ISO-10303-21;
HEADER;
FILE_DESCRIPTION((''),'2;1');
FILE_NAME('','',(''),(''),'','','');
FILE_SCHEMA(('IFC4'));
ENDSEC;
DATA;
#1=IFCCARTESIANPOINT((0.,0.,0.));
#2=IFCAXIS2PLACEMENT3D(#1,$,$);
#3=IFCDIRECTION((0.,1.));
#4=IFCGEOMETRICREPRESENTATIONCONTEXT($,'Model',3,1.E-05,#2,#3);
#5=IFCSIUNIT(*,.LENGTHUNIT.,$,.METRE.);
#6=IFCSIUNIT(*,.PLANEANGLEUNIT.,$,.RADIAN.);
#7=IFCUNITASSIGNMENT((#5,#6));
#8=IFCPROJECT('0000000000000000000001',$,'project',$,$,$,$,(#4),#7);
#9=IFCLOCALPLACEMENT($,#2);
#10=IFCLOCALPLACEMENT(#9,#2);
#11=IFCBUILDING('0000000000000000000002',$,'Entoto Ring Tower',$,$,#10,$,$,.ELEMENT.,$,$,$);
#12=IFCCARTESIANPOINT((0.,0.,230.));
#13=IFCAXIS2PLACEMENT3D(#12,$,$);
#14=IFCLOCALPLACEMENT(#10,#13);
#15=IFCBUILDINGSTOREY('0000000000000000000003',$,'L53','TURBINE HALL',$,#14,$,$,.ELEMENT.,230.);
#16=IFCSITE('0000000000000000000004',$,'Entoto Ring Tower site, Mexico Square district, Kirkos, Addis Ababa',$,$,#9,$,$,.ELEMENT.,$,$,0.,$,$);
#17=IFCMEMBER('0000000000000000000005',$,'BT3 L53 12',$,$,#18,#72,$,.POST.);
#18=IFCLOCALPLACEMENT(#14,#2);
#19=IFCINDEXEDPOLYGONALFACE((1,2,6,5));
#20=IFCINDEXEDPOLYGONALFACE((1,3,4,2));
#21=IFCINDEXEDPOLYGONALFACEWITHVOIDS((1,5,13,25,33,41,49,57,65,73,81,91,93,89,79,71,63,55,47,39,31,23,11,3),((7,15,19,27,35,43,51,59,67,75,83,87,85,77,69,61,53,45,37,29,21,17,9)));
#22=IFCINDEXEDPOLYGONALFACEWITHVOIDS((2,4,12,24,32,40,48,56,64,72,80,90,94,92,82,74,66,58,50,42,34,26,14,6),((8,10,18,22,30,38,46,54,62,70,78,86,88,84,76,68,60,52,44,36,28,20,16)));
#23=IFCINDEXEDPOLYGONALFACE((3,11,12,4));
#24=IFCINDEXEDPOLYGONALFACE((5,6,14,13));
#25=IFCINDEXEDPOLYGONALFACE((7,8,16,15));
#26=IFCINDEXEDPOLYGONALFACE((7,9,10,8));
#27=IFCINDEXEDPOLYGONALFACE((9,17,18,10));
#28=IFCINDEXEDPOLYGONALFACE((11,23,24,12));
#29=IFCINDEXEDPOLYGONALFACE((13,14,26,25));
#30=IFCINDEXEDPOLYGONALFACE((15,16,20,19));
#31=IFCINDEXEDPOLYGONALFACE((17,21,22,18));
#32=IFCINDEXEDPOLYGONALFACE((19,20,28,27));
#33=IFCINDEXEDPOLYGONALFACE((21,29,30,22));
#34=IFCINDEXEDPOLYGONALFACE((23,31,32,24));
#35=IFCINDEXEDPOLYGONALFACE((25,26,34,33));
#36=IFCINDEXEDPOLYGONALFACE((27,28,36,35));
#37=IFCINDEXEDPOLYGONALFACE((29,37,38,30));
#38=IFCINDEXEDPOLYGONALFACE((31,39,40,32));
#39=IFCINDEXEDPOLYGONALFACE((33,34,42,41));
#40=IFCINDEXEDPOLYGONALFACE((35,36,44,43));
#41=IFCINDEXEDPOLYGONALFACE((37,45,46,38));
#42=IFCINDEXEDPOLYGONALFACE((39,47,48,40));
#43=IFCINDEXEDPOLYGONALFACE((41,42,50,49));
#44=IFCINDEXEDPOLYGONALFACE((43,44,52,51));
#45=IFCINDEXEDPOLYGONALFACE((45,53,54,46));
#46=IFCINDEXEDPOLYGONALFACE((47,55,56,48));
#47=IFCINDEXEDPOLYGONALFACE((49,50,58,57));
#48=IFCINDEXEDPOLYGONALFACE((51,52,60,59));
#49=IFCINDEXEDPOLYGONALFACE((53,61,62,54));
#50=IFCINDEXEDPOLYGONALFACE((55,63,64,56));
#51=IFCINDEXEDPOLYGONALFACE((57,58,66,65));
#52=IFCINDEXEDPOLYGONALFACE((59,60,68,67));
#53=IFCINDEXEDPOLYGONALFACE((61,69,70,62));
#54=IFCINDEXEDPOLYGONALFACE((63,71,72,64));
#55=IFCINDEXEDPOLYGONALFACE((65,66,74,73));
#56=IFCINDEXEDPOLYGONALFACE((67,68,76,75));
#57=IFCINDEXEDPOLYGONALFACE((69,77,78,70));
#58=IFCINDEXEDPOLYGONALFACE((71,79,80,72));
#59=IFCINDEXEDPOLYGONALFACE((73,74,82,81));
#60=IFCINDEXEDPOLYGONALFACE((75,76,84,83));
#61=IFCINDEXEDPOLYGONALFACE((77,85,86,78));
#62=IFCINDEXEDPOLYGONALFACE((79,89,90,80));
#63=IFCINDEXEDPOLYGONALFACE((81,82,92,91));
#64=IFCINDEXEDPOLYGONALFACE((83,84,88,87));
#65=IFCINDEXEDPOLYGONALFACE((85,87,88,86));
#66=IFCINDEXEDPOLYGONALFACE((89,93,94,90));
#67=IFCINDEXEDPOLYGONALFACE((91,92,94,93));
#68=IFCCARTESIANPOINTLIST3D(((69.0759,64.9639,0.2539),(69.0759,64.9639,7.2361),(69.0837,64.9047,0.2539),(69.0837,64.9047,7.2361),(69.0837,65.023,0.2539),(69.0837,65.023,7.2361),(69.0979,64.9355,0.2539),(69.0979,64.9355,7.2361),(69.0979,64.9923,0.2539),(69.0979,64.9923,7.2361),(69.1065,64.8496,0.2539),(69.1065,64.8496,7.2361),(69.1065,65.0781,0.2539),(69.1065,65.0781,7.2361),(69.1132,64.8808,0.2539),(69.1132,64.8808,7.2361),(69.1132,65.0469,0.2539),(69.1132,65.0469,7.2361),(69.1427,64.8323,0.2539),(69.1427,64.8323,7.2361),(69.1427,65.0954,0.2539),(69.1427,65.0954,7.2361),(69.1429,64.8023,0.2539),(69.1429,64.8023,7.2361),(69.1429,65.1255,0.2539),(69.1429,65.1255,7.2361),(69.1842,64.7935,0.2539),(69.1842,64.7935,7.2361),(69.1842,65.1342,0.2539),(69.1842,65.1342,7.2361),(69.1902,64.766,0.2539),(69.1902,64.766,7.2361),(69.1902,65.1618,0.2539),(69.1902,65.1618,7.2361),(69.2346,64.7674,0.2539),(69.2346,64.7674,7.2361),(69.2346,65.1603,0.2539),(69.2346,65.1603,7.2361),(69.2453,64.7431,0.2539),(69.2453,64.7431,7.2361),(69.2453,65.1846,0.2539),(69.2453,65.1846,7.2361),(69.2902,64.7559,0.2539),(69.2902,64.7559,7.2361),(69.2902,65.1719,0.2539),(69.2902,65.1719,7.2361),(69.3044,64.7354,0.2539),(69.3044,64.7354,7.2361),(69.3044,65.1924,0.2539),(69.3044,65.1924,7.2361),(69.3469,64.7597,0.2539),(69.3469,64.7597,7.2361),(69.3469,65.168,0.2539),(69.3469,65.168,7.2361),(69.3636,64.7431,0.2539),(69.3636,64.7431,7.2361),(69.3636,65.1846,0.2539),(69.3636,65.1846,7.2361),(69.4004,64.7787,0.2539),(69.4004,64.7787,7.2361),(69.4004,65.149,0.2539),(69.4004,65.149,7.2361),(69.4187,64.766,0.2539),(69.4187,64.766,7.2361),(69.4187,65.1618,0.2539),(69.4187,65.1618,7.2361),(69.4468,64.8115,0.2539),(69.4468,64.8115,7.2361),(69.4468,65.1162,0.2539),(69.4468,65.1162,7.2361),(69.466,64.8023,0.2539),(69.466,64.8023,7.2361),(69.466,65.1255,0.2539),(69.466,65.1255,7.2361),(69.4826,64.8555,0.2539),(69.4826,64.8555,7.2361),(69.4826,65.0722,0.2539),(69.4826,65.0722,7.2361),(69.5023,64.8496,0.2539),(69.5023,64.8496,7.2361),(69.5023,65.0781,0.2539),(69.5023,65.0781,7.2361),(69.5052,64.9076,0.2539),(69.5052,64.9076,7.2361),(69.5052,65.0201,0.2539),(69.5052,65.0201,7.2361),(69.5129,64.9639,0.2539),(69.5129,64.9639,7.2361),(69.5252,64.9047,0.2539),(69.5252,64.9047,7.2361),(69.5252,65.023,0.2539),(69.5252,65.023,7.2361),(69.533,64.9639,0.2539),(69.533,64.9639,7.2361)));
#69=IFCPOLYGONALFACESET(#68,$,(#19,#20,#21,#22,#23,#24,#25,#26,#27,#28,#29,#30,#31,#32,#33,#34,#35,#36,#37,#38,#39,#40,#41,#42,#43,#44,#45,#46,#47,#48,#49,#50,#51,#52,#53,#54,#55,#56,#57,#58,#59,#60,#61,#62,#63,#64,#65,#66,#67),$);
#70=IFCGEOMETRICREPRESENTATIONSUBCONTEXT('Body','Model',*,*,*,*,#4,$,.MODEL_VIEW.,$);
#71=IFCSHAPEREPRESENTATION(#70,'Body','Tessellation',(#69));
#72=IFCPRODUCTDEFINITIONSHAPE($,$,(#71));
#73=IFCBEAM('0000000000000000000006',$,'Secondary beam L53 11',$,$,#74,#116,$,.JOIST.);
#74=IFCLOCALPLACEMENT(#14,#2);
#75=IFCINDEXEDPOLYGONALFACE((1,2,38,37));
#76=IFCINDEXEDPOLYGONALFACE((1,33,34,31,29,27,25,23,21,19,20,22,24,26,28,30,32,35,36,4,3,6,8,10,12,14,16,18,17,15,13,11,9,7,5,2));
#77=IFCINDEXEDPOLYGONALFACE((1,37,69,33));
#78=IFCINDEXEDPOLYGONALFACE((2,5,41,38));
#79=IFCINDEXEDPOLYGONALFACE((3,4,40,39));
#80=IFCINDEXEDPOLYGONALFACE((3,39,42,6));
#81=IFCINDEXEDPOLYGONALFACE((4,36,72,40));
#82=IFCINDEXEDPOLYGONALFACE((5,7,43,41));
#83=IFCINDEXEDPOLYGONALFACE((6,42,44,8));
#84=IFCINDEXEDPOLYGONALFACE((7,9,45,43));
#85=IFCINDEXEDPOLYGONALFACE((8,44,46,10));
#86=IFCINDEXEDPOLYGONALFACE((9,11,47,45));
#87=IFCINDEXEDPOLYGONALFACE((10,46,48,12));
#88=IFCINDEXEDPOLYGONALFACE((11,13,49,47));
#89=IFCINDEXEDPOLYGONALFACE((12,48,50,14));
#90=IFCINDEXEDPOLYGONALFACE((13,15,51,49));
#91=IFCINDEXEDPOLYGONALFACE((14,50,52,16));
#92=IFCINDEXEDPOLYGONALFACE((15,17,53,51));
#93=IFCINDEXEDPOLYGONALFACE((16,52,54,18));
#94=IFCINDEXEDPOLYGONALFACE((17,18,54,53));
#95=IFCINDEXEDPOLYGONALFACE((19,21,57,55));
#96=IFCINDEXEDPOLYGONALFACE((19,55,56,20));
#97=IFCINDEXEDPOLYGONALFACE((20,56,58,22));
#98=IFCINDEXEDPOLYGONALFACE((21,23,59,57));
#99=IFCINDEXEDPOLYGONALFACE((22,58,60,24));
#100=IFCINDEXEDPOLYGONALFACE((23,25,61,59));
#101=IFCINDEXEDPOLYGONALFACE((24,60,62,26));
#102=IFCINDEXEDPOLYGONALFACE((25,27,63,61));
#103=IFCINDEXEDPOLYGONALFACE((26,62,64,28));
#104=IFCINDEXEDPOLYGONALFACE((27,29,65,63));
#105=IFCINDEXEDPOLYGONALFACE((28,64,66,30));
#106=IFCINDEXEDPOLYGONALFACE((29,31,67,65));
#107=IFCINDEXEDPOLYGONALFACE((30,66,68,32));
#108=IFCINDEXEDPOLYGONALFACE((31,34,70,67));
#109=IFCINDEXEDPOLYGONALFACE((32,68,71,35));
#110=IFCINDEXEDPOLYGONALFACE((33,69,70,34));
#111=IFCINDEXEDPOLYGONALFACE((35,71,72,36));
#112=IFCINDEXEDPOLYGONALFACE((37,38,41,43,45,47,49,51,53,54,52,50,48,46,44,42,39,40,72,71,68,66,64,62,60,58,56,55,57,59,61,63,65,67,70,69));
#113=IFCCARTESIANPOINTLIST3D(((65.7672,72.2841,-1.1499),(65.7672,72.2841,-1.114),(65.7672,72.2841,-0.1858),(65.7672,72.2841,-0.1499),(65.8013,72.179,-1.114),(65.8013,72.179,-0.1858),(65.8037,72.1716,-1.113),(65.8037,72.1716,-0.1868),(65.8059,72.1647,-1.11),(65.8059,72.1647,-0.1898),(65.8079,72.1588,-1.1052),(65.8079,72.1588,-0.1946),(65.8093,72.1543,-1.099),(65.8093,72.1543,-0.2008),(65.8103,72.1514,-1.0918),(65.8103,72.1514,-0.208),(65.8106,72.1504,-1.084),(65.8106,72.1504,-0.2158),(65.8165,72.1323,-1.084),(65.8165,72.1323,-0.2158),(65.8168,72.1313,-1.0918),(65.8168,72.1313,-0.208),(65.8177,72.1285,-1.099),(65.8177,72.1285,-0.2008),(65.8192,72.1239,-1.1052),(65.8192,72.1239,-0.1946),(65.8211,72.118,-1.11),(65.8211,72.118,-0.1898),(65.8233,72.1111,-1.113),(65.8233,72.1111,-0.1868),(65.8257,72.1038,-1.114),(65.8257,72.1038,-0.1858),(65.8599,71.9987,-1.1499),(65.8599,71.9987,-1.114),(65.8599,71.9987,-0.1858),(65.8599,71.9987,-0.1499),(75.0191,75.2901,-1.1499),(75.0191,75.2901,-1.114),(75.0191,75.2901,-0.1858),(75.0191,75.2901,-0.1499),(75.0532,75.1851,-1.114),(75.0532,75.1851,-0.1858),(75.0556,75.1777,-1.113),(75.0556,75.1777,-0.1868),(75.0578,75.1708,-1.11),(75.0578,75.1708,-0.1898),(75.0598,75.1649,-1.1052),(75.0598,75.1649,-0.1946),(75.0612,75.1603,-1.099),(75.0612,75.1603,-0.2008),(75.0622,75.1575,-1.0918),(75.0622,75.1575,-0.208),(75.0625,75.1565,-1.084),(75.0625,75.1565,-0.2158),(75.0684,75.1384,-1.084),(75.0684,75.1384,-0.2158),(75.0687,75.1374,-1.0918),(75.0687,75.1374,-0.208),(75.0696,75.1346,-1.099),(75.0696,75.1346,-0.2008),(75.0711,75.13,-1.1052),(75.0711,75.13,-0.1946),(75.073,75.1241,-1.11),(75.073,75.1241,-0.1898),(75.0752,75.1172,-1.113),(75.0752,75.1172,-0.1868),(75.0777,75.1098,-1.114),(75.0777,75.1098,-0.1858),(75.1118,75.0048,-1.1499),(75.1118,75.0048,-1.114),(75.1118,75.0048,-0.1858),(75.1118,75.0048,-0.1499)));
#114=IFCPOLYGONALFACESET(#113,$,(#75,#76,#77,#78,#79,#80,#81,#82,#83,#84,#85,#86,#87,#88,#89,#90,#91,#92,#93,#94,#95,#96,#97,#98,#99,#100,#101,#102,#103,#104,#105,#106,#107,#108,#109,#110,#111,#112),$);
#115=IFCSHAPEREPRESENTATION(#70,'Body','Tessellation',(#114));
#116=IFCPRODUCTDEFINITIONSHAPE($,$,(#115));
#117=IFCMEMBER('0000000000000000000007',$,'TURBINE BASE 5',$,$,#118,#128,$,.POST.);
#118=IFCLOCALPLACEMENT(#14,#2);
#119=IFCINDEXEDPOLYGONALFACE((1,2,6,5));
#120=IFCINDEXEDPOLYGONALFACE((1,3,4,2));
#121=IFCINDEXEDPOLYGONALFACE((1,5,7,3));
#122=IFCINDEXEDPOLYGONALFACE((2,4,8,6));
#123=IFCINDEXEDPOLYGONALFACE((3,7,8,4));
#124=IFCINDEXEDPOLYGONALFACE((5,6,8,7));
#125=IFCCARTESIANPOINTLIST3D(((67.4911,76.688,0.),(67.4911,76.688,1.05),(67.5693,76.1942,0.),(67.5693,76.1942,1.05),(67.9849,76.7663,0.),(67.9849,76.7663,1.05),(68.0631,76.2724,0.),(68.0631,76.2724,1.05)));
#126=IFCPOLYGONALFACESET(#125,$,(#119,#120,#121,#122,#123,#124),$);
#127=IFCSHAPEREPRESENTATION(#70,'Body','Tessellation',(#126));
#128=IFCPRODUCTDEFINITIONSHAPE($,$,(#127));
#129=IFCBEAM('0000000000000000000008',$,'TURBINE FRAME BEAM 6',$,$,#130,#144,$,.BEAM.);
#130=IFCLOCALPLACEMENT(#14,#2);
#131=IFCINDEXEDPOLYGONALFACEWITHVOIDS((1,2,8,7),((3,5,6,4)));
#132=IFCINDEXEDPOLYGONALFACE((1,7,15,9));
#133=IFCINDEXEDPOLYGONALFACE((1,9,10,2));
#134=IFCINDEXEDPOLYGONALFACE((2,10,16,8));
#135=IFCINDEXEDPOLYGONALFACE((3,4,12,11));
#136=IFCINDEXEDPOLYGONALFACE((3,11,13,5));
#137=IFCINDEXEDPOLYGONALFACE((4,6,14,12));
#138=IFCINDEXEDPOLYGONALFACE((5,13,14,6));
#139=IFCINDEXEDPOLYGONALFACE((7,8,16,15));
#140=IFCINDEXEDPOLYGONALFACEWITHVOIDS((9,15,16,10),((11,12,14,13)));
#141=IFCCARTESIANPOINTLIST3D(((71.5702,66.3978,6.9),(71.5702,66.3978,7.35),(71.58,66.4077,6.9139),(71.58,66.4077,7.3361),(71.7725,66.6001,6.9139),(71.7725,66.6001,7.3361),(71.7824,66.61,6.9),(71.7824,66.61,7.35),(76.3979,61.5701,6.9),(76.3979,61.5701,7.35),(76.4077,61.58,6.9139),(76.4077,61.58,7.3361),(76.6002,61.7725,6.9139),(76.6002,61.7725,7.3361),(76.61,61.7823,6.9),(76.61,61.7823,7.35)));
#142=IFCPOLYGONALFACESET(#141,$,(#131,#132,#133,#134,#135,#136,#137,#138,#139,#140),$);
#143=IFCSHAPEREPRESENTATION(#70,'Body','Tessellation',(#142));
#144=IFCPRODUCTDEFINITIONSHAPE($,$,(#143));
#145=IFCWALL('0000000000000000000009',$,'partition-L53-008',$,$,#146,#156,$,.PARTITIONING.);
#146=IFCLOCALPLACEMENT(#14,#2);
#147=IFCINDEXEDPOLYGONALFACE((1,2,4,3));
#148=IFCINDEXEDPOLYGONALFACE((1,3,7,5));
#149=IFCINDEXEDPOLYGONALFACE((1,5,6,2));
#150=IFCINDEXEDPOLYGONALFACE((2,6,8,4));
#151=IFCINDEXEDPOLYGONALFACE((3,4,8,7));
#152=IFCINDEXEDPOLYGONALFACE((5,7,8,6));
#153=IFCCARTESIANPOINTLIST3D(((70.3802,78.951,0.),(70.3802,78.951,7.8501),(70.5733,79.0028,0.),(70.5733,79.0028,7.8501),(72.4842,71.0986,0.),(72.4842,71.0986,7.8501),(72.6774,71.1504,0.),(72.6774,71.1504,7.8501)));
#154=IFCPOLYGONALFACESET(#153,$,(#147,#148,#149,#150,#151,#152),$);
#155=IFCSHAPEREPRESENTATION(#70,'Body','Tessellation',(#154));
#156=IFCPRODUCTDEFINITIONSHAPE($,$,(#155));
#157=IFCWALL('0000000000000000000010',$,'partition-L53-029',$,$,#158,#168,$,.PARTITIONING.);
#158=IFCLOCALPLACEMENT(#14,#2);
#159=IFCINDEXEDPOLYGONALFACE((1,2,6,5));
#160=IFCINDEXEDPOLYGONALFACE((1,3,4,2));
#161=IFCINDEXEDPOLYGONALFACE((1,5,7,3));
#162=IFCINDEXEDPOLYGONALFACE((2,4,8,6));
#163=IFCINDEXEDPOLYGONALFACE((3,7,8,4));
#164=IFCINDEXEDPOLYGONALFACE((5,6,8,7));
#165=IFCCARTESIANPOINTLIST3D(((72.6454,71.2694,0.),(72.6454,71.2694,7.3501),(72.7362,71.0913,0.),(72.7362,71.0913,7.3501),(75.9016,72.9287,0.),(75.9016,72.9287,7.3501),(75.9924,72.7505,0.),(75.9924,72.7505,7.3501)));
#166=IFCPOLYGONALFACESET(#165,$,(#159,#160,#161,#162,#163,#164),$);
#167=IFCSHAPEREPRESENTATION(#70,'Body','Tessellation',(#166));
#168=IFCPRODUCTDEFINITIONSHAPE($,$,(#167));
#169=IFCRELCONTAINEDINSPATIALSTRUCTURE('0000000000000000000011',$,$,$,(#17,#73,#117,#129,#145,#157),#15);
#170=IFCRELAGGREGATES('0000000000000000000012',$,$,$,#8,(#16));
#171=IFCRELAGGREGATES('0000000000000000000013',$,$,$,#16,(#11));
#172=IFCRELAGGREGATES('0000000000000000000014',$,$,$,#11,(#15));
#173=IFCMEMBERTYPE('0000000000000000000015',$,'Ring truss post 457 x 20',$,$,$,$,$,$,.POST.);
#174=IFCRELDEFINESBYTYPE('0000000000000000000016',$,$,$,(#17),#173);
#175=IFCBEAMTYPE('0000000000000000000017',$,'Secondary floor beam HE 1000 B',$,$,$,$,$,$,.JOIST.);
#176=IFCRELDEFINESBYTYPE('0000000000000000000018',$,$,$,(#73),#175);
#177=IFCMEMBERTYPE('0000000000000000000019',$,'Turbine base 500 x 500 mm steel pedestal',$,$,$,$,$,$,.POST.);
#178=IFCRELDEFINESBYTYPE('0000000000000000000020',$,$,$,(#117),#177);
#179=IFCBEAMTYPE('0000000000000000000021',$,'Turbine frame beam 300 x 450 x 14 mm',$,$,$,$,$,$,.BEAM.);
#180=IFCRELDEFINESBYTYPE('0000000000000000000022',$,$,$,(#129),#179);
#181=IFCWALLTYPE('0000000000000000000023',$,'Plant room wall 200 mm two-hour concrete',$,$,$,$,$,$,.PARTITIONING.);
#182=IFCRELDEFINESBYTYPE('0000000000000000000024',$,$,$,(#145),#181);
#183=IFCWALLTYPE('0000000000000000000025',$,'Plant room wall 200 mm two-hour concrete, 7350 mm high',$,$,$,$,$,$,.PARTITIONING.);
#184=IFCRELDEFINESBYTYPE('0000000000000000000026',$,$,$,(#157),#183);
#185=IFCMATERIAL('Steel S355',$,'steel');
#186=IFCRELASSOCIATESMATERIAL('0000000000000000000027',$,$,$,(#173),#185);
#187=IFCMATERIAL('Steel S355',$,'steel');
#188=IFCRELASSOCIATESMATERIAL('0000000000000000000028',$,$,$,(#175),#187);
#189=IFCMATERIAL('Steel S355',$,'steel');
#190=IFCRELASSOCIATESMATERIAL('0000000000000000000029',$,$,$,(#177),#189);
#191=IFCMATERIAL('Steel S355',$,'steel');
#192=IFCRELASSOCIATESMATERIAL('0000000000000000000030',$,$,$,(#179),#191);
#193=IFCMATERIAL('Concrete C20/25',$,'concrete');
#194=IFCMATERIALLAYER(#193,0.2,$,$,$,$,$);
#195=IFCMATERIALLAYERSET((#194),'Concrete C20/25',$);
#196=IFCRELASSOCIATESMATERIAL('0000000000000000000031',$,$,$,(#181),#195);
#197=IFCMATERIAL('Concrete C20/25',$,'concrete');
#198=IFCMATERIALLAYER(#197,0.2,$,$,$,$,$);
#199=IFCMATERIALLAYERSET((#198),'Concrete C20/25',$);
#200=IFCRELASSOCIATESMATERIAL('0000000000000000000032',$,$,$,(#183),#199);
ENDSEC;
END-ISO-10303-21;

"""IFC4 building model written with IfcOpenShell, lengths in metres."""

from ifc_helpers import new_model, si_unit, direction, frame, frame_2d, origin, origin_2d, place, context, subcontext, project, spatial, rectangle, hollow_rectangle, circle, hollow_circle, i_section, extrude, material, layer, layer_set, material_profile, profile_set, type_object, element, save


model = new_model("IFC4")

# Units and contexts
model_context = context("Model", 3, precision=1e-05, world=origin(), true_north=direction((0.0, 1.0)))
body_context = subcontext(model_context, "Body", "Model", "MODEL_VIEW")
ifc_project = project(units=[si_unit("LENGTHUNIT", "METRE"), si_unit("PLANEANGLEUNIT", "RADIAN")], contexts=[model_context])

# Site, building, storey
site_placement = place(None, origin())
site = spatial("IfcSite", under=ifc_project, at=site_placement, Name="Entoto Ring Tower site, Mexico Square district, Kirkos, Addis Ababa", CompositionType="ELEMENT", RefElevation=0.0)
building_placement = place(site_placement, origin())
building = spatial("IfcBuilding", under=site, at=building_placement, Name="Entoto Ring Tower", CompositionType="ELEMENT")
storey_placement = place(building_placement, frame((0.0, 0.0, 230.0)))
storey = spatial("IfcBuildingStorey", under=building, at=storey_placement, Name="L53", Description="TURBINE HALL", CompositionType="ELEMENT", Elevation=230.0)

# Member
ifc_material_1 = material(Name="Steel S355", Category="steel")
ifc_material_profile_1 = material_profile(ifc_material_1, hollow_circle(Radius=0.2285, WallThickness=0.02, at=origin_2d()), Name="CHS 457 x 20")
ifc_material_2 = material(Name="Concrete C60/75", Category="concrete")
ifc_material_profile_2 = material_profile(ifc_material_2, circle(Radius=0.2085, at=origin_2d()), Name="Concrete C60/75 infill")
ifc_profile_set_1 = profile_set([ifc_material_profile_1, ifc_material_profile_2], Name="Steel S355")
member_type_1 = type_object("IfcMemberType", Name="Ring truss post 457 x 20", PredefinedType="POST", material=ifc_profile_set_1)
for number, where, z_axis, x_axis, name in (
    (1, (69.3044, 64.9639, 0.2539), (0.0, 0.0, 1.0), (1.0, 0.0, 0.0), "BT3 L53 12"),
):
    element("IfcMember", number, at=place(storey_placement, frame(where, z_axis=z_axis, x_axis=x_axis)), inside=storey, type_object=member_type_1, Name=name, PredefinedType="POST", context=body_context, shape_type="SweptSolid", body=[
        extrude(hollow_circle(Radius=0.2285, WallThickness=0.02, at=origin_2d()), origin(), (0.0, 0.0, 1.0), 6.9822),
    ])

# Beam
ifc_material_3 = material(Name="Steel S355", Category="steel")
ifc_material_profile_3 = material_profile(ifc_material_3, i_section(OverallWidth=0.3, OverallDepth=1.0, WebThickness=0.019, FlangeThickness=0.0359, FilletRadius=0.03, at=origin_2d()), Name="HE 1000 B")
ifc_profile_set_2 = profile_set([ifc_material_profile_3], Name="Steel S355")
beam_type_1 = type_object("IfcBeamType", Name="Secondary floor beam HE 1000 B", PredefinedType="JOIST", material=ifc_profile_set_2)
beam_1_placement = place(storey_placement, frame((75.0654, 75.1475, -0.6499), z_axis=(-0.951058, -0.309013, 0.0), x_axis=(0.309013, -0.951058, 0.0)))
element("IfcBeam", 2, at=beam_1_placement, inside=storey, type_object=beam_type_1, Name="Secondary beam L53 11", PredefinedType="JOIST", context=body_context, shape_type="SweptSolid", body=[
    extrude(i_section(OverallWidth=0.3, OverallDepth=1.0, WebThickness=0.019, FlangeThickness=0.0359, FilletRadius=0.03, at=origin_2d()), origin(), (0.0, 0.0, 1.0), 9.728),
])

# Member
ifc_material_4 = material(Name="Steel S355", Category="steel")
ifc_material_profile_4 = material_profile(ifc_material_4, rectangle(XDim=0.5, YDim=0.5, at=origin_2d()), Name="Turbine base 500 x 500 mm steel pedestal")
ifc_profile_set_3 = profile_set([ifc_material_profile_4], Name="Steel S355")
member_type_2 = type_object("IfcMemberType", Name="Turbine base 500 x 500 mm steel pedestal", PredefinedType="POST", material=ifc_profile_set_3)
member_1_placement = place(storey_placement, frame((67.7771, 76.4802, 0.0), z_axis=(0.0, 0.0, 1.0), x_axis=(0.156434, -0.987688, 0.0)))
element("IfcMember", 3, at=member_1_placement, inside=storey, type_object=member_type_2, Name="TURBINE BASE 5", PredefinedType="POST", context=body_context, shape_type="SweptSolid", body=[
    extrude(rectangle(XDim=0.5, YDim=0.5, at=origin_2d()), origin(), (0.0, 0.0, 1.0), 1.05),
])

# Beam
ifc_material_5 = material(Name="Steel S355", Category="steel")
ifc_material_profile_5 = material_profile(ifc_material_5, hollow_rectangle(XDim=0.3, YDim=0.45, WallThickness=0.0139, at=origin_2d()), Name="Turbine frame beam 300 x 450 x 14 mm")
ifc_profile_set_4 = profile_set([ifc_material_profile_5], Name="Steel S355")
beam_type_2 = type_object("IfcBeamType", Name="Turbine frame beam 300 x 450 x 14 mm", PredefinedType="BEAM", material=ifc_profile_set_4)
beam_2_placement = place(storey_placement, frame((71.6763, 66.5039, 7.125), z_axis=(0.707107, -0.707107, 0.0), x_axis=(0.707107, 0.707107, 0.0)))
element("IfcBeam", 4, at=beam_2_placement, inside=storey, type_object=beam_type_2, Name="TURBINE FRAME BEAM 6", PredefinedType="BEAM", context=body_context, shape_type="SweptSolid", body=[
    extrude(hollow_rectangle(XDim=0.3, YDim=0.45, WallThickness=0.0139, at=origin_2d()), origin(), (0.0, 0.0, 1.0), 6.8274),
])

# Walls
ifc_material_6 = material(Name="Concrete C20/25", Category="concrete")
ifc_layer_1 = layer(ifc_material_6, 0.2)
ifc_layer_set_1 = layer_set([ifc_layer_1], Name="Concrete C20/25")
wall_type_1 = type_object("IfcWallType", Name="Plant room wall 200 mm two-hour concrete", PredefinedType="PARTITIONING", material=ifc_layer_set_1)
wall_1_placement = place(storey_placement, frame((72.5808, 71.1245, 0.0), z_axis=(0.0, 0.0, 1.0), x_axis=(-0.258818, 0.965926, 0.0)))
element("IfcWall", 5, at=wall_1_placement, inside=storey, type_object=wall_type_1, Name="partition-L53-008", PredefinedType="PARTITIONING", context=body_context, shape_type="SweptSolid", body=[
    extrude(rectangle(XDim=8.1294, YDim=0.2, at=frame_2d((4.0647, 0.0))), origin(), (0.0, 0.0, 1.0), 7.8501),
])
ifc_material_7 = material(Name="Concrete C20/25", Category="concrete")
ifc_layer_2 = layer(ifc_material_7, 0.2)
ifc_layer_set_2 = layer_set([ifc_layer_2], Name="Concrete C20/25")
wall_type_2 = type_object("IfcWallType", Name="Plant room wall 200 mm two-hour concrete, 7350 mm high", PredefinedType="PARTITIONING", material=ifc_layer_set_2)
wall_2_placement = place(storey_placement, frame((72.6909, 71.1804, 0.0), z_axis=(0.0, 0.0, 1.0), x_axis=(0.890994, 0.454015, 0.0)))
element("IfcWall", 6, at=wall_2_placement, inside=storey, type_object=wall_type_2, Name="partition-L53-029", PredefinedType="PARTITIONING", context=body_context, shape_type="SweptSolid", body=[
    extrude(rectangle(XDim=3.6545, YDim=0.2, at=frame_2d((1.8271, 0.0))), origin(), (0.0, 0.0, 1.0), 7.3501),
])

save(model, "model.ifc")
